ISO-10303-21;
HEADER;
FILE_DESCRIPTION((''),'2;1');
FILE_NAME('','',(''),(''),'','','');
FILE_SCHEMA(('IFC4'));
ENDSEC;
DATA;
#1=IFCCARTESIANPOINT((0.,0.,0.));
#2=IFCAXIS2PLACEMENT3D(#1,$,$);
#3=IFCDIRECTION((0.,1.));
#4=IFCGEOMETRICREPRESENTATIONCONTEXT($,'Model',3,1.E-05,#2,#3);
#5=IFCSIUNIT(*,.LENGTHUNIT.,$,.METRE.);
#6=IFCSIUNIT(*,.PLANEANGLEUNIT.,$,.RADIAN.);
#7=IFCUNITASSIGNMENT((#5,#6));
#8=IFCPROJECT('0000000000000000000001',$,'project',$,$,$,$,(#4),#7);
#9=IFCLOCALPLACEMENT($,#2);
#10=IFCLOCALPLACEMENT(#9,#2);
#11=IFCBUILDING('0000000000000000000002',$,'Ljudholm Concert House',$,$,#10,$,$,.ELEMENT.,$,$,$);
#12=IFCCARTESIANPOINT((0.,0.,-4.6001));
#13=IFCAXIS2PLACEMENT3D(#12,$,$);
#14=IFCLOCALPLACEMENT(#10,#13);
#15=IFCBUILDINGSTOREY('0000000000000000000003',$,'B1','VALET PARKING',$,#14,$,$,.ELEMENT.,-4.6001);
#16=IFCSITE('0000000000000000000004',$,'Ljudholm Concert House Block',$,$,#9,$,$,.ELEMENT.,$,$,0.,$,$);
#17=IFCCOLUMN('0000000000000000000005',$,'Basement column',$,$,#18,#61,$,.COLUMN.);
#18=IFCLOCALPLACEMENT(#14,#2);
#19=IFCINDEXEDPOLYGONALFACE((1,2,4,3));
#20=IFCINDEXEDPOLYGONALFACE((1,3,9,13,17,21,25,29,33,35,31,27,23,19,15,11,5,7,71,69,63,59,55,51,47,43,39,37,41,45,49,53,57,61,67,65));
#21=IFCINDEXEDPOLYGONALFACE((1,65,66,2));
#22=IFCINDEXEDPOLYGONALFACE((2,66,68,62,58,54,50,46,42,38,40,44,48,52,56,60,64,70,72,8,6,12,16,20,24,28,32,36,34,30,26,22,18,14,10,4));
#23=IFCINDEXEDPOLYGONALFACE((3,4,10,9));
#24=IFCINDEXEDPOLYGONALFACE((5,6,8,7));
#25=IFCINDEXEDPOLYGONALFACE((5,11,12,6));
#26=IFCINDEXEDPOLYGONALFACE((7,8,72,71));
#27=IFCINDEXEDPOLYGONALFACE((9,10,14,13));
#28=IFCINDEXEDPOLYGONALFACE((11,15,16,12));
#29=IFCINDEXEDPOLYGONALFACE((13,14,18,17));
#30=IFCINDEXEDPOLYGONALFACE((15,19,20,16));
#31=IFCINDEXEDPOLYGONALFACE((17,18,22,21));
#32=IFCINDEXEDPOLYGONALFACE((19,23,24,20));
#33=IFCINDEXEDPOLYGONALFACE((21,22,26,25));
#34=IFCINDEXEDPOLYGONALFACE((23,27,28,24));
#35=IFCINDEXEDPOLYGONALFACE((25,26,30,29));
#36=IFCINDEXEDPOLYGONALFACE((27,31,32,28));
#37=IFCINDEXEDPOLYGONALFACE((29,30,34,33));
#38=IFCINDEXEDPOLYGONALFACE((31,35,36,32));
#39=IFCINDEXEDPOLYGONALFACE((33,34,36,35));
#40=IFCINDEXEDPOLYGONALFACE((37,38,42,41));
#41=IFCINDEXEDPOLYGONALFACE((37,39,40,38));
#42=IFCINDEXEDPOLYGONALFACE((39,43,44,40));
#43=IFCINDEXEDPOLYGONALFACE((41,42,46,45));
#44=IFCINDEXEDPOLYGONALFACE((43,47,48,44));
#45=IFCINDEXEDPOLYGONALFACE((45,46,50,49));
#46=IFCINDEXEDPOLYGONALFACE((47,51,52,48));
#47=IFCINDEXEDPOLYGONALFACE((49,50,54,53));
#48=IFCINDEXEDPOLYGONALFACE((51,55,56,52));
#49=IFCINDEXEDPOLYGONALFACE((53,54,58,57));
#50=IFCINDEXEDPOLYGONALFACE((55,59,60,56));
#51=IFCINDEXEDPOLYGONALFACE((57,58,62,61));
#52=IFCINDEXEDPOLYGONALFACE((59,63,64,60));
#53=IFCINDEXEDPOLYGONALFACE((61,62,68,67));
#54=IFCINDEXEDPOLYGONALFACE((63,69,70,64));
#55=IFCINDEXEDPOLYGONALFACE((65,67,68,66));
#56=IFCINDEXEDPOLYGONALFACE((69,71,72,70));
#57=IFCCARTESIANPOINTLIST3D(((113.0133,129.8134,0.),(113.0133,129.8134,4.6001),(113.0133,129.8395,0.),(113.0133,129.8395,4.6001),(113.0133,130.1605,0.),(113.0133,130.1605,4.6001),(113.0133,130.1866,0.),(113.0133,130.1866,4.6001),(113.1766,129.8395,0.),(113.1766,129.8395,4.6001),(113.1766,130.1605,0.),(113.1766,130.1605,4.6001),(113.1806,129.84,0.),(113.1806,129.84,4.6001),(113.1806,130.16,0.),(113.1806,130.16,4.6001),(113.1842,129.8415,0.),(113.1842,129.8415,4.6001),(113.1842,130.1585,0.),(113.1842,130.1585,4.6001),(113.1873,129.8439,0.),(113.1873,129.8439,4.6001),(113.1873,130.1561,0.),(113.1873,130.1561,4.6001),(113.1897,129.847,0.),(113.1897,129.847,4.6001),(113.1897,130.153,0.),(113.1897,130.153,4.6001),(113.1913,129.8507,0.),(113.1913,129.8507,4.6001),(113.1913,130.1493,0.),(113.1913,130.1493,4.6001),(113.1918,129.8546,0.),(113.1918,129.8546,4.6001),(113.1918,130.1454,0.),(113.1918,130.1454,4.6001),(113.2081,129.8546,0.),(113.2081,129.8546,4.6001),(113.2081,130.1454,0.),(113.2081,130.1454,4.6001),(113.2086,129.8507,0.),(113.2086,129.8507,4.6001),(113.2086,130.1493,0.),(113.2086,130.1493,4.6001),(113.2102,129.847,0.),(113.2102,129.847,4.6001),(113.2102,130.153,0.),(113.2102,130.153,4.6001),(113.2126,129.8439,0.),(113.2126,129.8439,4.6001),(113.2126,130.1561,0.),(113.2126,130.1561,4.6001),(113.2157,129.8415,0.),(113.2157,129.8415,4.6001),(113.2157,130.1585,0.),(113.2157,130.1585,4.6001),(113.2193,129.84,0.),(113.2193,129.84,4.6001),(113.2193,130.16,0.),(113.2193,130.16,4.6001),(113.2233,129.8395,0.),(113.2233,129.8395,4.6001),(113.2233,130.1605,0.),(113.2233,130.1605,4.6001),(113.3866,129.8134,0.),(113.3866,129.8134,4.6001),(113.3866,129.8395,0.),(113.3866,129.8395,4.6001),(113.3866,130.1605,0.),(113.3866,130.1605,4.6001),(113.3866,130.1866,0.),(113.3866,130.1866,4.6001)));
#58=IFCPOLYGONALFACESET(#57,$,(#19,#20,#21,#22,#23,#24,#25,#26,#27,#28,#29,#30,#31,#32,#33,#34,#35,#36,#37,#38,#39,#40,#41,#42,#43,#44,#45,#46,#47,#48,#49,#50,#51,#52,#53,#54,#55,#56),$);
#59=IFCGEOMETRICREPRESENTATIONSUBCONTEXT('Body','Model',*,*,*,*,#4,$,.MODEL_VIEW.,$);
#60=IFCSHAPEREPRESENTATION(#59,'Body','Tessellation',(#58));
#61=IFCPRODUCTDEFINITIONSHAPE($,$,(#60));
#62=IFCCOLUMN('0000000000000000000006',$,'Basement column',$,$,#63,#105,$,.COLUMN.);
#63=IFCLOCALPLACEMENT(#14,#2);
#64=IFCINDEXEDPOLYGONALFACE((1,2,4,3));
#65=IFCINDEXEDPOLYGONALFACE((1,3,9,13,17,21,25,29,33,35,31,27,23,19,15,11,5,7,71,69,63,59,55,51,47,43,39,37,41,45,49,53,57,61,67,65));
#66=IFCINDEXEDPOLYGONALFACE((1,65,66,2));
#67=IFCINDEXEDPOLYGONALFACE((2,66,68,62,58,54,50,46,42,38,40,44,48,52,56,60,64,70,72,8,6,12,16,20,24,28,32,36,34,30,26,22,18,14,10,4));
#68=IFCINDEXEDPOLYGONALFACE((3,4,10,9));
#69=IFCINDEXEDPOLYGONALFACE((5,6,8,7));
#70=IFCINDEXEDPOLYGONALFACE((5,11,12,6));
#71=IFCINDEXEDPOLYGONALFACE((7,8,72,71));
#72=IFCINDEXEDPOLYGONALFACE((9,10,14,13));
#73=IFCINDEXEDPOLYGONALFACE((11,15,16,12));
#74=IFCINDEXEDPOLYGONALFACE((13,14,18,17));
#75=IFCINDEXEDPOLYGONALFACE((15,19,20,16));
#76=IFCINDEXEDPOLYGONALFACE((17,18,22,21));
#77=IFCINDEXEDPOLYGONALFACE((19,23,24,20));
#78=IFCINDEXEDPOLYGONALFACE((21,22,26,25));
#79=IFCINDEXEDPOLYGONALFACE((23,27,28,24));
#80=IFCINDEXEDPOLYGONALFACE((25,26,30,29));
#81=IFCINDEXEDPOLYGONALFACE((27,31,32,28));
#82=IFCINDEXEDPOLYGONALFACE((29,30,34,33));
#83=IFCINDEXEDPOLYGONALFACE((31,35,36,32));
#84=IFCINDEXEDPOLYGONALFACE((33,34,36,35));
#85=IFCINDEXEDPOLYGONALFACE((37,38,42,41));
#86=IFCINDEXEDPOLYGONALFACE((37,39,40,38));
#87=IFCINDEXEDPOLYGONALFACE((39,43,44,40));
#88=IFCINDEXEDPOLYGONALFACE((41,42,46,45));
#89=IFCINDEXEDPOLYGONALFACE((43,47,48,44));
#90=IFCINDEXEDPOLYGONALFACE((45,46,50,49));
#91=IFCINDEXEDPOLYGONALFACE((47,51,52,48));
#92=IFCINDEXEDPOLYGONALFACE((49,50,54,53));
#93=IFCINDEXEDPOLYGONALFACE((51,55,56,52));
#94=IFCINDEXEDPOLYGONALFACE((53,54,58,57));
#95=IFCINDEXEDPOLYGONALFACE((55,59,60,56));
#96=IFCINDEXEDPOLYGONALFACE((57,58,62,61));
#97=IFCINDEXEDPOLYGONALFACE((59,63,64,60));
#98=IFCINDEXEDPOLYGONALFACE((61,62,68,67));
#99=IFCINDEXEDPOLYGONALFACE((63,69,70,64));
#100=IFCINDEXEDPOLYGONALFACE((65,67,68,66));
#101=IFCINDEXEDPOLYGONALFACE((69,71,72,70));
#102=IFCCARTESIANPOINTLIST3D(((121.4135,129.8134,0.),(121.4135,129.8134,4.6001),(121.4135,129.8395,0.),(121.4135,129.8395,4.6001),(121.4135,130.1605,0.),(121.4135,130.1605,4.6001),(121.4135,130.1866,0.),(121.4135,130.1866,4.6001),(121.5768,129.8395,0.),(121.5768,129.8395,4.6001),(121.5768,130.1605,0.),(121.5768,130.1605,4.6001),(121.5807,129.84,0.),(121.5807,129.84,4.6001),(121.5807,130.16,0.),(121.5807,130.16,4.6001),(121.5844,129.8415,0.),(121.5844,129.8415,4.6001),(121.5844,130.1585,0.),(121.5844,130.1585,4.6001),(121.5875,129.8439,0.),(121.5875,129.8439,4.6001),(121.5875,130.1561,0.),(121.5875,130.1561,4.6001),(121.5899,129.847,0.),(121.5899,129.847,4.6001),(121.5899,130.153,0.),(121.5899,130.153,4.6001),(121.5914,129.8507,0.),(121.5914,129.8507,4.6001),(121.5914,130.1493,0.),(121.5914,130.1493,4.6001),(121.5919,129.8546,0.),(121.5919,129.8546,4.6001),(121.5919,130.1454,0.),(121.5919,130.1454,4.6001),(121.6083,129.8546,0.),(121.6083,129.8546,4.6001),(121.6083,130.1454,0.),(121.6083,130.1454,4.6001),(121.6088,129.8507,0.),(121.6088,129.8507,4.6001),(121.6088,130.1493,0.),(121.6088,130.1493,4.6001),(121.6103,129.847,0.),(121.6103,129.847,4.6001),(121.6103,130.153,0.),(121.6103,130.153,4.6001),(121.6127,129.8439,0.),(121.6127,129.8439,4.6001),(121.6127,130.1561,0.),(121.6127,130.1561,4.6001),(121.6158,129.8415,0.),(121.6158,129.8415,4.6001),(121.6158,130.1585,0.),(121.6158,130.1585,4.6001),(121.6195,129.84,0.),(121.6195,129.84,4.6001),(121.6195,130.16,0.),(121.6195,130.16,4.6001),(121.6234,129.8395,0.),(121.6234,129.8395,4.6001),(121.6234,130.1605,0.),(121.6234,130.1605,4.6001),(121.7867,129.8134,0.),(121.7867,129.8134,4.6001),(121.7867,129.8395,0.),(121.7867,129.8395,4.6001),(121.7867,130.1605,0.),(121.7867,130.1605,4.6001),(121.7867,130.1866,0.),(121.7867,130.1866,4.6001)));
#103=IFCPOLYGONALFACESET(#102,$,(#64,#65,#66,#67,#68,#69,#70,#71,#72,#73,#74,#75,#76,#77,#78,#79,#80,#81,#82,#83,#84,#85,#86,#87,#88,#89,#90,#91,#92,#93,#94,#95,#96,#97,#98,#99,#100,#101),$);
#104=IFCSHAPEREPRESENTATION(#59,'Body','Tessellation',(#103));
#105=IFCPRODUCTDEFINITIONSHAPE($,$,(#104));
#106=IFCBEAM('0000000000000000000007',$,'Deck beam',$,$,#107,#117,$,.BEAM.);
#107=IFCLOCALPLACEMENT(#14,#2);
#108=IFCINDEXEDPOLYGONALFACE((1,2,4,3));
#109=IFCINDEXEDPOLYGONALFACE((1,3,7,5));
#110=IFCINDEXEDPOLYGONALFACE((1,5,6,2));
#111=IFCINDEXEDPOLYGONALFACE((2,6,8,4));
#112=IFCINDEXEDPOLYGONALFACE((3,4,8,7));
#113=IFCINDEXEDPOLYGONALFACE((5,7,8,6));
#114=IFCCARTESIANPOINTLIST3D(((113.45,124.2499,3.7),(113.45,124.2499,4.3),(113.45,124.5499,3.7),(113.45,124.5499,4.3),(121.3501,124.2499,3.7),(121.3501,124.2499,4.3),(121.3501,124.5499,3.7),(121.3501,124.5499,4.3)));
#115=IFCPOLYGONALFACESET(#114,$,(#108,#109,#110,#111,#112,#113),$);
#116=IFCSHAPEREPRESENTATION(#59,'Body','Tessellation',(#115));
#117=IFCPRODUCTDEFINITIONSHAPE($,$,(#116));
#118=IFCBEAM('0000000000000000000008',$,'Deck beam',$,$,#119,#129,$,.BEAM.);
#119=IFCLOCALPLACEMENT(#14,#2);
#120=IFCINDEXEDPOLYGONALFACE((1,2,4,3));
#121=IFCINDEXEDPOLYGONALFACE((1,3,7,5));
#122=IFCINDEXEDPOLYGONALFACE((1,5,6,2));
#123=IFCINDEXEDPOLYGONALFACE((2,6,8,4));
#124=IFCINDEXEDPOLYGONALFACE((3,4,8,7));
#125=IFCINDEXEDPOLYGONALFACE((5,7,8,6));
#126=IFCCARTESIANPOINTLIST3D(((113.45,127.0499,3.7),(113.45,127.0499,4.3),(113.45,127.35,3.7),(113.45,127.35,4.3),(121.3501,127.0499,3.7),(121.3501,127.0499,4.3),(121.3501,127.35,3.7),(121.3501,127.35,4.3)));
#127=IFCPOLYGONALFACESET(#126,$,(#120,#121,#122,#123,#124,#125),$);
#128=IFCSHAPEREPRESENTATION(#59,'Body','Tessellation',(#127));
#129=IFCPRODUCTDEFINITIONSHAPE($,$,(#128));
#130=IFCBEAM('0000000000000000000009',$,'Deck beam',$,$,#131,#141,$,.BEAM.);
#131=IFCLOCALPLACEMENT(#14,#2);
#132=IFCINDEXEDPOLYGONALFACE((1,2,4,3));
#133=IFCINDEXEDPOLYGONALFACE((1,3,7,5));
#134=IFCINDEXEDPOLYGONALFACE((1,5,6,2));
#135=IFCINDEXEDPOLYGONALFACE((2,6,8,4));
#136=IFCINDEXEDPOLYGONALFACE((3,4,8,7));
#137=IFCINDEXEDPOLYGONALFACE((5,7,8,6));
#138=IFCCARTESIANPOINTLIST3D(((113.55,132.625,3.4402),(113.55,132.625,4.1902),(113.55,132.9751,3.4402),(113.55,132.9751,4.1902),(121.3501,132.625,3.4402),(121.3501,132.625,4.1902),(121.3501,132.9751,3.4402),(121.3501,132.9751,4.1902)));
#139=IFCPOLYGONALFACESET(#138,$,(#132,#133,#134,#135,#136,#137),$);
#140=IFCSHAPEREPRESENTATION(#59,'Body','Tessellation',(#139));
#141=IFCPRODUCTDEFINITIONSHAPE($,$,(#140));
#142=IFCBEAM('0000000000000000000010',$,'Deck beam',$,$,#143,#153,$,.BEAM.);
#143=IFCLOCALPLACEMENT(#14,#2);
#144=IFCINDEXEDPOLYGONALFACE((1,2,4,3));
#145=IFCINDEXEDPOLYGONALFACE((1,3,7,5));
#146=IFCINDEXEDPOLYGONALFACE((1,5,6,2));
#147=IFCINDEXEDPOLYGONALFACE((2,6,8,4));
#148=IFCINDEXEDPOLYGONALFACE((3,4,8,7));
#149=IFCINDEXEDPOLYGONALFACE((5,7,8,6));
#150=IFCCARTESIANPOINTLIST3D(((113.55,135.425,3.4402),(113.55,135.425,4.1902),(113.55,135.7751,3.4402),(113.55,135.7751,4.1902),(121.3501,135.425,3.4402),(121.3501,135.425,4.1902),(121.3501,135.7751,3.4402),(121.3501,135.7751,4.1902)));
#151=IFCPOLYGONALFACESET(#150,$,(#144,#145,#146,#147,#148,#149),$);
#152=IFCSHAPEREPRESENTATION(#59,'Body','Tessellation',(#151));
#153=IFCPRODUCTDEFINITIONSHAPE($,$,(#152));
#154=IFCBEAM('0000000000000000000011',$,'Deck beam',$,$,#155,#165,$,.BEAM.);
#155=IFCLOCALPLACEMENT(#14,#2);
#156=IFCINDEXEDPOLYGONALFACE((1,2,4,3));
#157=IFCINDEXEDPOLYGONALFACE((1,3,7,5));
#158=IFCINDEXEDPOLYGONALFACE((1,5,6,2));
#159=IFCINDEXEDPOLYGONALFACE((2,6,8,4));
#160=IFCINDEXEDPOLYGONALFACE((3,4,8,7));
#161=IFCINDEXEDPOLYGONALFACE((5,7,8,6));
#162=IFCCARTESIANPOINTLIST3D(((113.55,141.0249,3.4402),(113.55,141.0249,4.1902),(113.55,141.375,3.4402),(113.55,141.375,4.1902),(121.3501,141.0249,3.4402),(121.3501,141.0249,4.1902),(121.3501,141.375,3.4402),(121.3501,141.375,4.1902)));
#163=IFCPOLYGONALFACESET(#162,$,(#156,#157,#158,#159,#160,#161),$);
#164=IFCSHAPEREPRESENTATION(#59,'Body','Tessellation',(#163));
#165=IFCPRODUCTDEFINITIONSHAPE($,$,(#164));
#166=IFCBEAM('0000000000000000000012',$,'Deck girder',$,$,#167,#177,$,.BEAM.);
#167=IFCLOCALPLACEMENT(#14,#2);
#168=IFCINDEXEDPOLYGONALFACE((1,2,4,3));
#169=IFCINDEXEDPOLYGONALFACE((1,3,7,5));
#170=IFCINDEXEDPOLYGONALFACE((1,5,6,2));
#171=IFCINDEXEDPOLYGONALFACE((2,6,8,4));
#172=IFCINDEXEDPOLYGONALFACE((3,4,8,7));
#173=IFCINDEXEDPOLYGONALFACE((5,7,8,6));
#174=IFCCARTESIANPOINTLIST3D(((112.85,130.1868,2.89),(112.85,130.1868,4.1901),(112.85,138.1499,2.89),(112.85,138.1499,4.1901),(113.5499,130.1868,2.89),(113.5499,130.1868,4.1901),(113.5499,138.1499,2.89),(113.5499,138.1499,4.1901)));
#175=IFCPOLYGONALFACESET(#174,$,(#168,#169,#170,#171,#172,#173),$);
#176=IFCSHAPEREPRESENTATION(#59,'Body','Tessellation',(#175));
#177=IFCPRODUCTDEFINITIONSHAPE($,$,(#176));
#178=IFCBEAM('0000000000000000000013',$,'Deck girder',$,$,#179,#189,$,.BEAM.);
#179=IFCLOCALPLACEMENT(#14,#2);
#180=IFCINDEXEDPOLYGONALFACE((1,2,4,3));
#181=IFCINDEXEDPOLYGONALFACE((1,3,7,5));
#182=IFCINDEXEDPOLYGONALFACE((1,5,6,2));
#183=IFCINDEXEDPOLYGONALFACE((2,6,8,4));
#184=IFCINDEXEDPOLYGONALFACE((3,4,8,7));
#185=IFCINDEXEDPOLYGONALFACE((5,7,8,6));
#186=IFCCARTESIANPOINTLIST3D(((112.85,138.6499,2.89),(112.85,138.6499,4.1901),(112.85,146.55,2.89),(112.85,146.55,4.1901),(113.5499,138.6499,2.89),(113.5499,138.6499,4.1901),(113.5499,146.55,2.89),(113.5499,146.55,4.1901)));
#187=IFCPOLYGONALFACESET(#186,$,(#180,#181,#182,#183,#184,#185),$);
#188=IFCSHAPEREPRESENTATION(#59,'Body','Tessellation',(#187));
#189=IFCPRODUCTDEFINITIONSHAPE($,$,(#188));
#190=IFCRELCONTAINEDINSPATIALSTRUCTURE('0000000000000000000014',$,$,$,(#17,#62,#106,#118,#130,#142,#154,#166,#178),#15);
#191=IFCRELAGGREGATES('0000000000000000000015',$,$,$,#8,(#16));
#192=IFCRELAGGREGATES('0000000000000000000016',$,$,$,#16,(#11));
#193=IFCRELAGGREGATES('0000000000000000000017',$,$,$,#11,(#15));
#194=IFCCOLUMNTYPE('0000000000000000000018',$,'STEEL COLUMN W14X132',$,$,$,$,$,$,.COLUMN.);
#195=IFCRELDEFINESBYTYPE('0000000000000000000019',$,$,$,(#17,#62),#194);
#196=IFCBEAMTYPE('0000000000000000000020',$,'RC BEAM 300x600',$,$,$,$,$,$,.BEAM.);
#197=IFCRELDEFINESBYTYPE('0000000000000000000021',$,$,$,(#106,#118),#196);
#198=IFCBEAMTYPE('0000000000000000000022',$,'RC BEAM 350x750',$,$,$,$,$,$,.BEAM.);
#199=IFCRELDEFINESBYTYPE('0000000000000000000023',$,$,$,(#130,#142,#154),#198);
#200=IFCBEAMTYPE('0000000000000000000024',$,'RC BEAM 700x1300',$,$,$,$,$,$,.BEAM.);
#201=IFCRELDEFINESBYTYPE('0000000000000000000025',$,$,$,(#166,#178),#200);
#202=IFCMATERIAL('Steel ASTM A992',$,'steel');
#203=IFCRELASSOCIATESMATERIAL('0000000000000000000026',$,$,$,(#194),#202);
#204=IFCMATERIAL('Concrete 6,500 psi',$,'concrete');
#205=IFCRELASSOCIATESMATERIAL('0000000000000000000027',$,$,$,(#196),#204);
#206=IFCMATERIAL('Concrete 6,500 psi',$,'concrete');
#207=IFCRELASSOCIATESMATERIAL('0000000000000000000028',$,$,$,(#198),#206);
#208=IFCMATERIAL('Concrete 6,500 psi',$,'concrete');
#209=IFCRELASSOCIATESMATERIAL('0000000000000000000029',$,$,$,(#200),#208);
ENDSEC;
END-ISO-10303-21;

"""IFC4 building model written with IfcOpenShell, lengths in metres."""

from ifc_helpers import new_model, si_unit, direction, frame, origin, origin_2d, place, context, subcontext, project, spatial, rectangle, i_section, extrude, material, material_profile, profile_set, type_object, element, save


model = new_model("IFC4")

# Units and contexts
model_context = context("Model", 3, precision=1e-05, world=origin(), true_north=direction((0.0, 1.0)))
body_context = subcontext(model_context, "Body", "Model", "MODEL_VIEW")
ifc_project = project(units=[si_unit("LENGTHUNIT", "METRE"), si_unit("PLANEANGLEUNIT", "RADIAN")], contexts=[model_context])

# Site, building, storey
site_placement = place(None, origin())
site = spatial("IfcSite", under=ifc_project, at=site_placement, Name="Ljudholm Concert House Block", CompositionType="ELEMENT", RefElevation=0.0)
building_placement = place(site_placement, origin())
building = spatial("IfcBuilding", under=site, at=building_placement, Name="Ljudholm Concert House", CompositionType="ELEMENT")
storey_placement = place(building_placement, frame((0.0, 0.0, -4.6001)))
storey = spatial("IfcBuildingStorey", under=building, at=storey_placement, Name="B1", Description="VALET PARKING", CompositionType="ELEMENT", Elevation=-4.6001)

# Columns
ifc_material_1 = material(Name="Steel ASTM A992", Category="steel")
ifc_material_profile_1 = material_profile(ifc_material_1, i_section(OverallWidth=0.3733, OverallDepth=0.3733, WebThickness=0.0164, FlangeThickness=0.0261, FilletRadius=0.0151, at=origin_2d()), Name="W14X132")
ifc_profile_set_1 = profile_set([ifc_material_profile_1], Name="Steel ASTM A992")
column_type_1 = type_object("IfcColumnType", Name="STEEL COLUMN W14X132", PredefinedType="COLUMN", material=ifc_profile_set_1)
for number, where, z_axis, x_axis, name in (
    (1, (113.2, 130.0, 0.0), (0.0, 0.0, 1.0), (1.0, 0.0, 0.0), "Basement column"),
    (2, (121.6001, 130.0, 0.0), (0.0, 0.0, 1.0), (1.0, 0.0, 0.0), "Basement column"),
):
    element("IfcColumn", number, at=place(storey_placement, frame(where, z_axis=z_axis, x_axis=x_axis)), inside=storey, type_object=column_type_1, Name=name, PredefinedType="COLUMN", context=body_context, shape_type="SweptSolid", body=[
        extrude(i_section(OverallWidth=0.3733, OverallDepth=0.3733, WebThickness=0.0164, FlangeThickness=0.0261, FilletRadius=0.0151, at=origin_2d()), origin(), (0.0, 0.0, 1.0), 4.6001),
    ])

# Beams
ifc_material_2 = material(Name="Concrete 6,500 psi", Category="concrete")
ifc_material_profile_2 = material_profile(ifc_material_2, rectangle(XDim=0.3, YDim=0.6001, at=origin_2d()), Name="RC BEAM 300x600")
ifc_profile_set_2 = profile_set([ifc_material_profile_2], Name="Concrete 6,500 psi")
beam_type_1 = type_object("IfcBeamType", Name="RC BEAM 300x600", PredefinedType="BEAM", material=ifc_profile_set_2)
for number, where, z_axis, x_axis, name in (
    (3, (113.45, 124.3999, 4.0), (1.0, 0.0, 0.0), (0.0, 1.0, 0.0), "Deck beam"),
    (4, (113.45, 127.2, 4.0), (1.0, 0.0, 0.0), (0.0, 1.0, 0.0), "Deck beam"),
):
    element("IfcBeam", number, at=place(storey_placement, frame(where, z_axis=z_axis, x_axis=x_axis)), inside=storey, type_object=beam_type_1, Name=name, PredefinedType="BEAM", context=body_context, shape_type="SweptSolid", body=[
        extrude(rectangle(XDim=0.3, YDim=0.6001, at=origin_2d()), origin(), (0.0, 0.0, 1.0), 7.9001),
    ])
ifc_material_3 = material(Name="Concrete 6,500 psi", Category="concrete")
ifc_material_profile_3 = material_profile(ifc_material_3, rectangle(XDim=0.3501, YDim=0.75, at=origin_2d()), Name="RC BEAM 350x750")
ifc_profile_set_3 = profile_set([ifc_material_profile_3], Name="Concrete 6,500 psi")
beam_type_2 = type_object("IfcBeamType", Name="RC BEAM 350x750", PredefinedType="BEAM", material=ifc_profile_set_3)
for number, where, z_axis, x_axis, name in (
    (5, (113.55, 132.8, 3.8152), (1.0, 0.0, 0.0), (0.0, 1.0, 0.0), "Deck beam"),
    (6, (113.55, 135.6001, 3.8152), (1.0, 0.0, 0.0), (0.0, 1.0, 0.0), "Deck beam"),
    (7, (113.55, 141.2, 3.8152), (1.0, 0.0, 0.0), (0.0, 1.0, 0.0), "Deck beam"),
):
    element("IfcBeam", number, at=place(storey_placement, frame(where, z_axis=z_axis, x_axis=x_axis)), inside=storey, type_object=beam_type_2, Name=name, PredefinedType="BEAM", context=body_context, shape_type="SweptSolid", body=[
        extrude(rectangle(XDim=0.3501, YDim=0.75, at=origin_2d()), origin(), (0.0, 0.0, 1.0), 7.8),
    ])
ifc_material_4 = material(Name="Concrete 6,500 psi", Category="concrete")
ifc_material_profile_4 = material_profile(ifc_material_4, rectangle(XDim=0.7, YDim=1.3, at=origin_2d()), Name="RC BEAM 700x1300")
ifc_profile_set_4 = profile_set([ifc_material_profile_4], Name="Concrete 6,500 psi")
beam_type_3 = type_object("IfcBeamType", Name="RC BEAM 700x1300", PredefinedType="BEAM", material=ifc_profile_set_4)
beam_1_placement = place(storey_placement, frame((113.2, 130.1868, 3.54), z_axis=(0.0, 1.0, 0.0), x_axis=(-1.0, 0.0, 0.0)))
element("IfcBeam", 8, at=beam_1_placement, inside=storey, type_object=beam_type_3, Name="Deck girder", PredefinedType="BEAM", context=body_context, shape_type="SweptSolid", body=[
    extrude(rectangle(XDim=0.7, YDim=1.3, at=origin_2d()), origin(), (0.0, 0.0, 1.0), 7.9631),
])
beam_2_placement = place(storey_placement, frame((113.2, 138.6499, 3.54), z_axis=(0.0, 1.0, 0.0), x_axis=(-1.0, 0.0, 0.0)))
element("IfcBeam", 9, at=beam_2_placement, inside=storey, type_object=beam_type_3, Name="Deck girder", PredefinedType="BEAM", context=body_context, shape_type="SweptSolid", body=[
    extrude(rectangle(XDim=0.7, YDim=1.3, at=origin_2d()), origin(), (0.0, 0.0, 1.0), 7.9001),
])

save(model, "model.ifc")
